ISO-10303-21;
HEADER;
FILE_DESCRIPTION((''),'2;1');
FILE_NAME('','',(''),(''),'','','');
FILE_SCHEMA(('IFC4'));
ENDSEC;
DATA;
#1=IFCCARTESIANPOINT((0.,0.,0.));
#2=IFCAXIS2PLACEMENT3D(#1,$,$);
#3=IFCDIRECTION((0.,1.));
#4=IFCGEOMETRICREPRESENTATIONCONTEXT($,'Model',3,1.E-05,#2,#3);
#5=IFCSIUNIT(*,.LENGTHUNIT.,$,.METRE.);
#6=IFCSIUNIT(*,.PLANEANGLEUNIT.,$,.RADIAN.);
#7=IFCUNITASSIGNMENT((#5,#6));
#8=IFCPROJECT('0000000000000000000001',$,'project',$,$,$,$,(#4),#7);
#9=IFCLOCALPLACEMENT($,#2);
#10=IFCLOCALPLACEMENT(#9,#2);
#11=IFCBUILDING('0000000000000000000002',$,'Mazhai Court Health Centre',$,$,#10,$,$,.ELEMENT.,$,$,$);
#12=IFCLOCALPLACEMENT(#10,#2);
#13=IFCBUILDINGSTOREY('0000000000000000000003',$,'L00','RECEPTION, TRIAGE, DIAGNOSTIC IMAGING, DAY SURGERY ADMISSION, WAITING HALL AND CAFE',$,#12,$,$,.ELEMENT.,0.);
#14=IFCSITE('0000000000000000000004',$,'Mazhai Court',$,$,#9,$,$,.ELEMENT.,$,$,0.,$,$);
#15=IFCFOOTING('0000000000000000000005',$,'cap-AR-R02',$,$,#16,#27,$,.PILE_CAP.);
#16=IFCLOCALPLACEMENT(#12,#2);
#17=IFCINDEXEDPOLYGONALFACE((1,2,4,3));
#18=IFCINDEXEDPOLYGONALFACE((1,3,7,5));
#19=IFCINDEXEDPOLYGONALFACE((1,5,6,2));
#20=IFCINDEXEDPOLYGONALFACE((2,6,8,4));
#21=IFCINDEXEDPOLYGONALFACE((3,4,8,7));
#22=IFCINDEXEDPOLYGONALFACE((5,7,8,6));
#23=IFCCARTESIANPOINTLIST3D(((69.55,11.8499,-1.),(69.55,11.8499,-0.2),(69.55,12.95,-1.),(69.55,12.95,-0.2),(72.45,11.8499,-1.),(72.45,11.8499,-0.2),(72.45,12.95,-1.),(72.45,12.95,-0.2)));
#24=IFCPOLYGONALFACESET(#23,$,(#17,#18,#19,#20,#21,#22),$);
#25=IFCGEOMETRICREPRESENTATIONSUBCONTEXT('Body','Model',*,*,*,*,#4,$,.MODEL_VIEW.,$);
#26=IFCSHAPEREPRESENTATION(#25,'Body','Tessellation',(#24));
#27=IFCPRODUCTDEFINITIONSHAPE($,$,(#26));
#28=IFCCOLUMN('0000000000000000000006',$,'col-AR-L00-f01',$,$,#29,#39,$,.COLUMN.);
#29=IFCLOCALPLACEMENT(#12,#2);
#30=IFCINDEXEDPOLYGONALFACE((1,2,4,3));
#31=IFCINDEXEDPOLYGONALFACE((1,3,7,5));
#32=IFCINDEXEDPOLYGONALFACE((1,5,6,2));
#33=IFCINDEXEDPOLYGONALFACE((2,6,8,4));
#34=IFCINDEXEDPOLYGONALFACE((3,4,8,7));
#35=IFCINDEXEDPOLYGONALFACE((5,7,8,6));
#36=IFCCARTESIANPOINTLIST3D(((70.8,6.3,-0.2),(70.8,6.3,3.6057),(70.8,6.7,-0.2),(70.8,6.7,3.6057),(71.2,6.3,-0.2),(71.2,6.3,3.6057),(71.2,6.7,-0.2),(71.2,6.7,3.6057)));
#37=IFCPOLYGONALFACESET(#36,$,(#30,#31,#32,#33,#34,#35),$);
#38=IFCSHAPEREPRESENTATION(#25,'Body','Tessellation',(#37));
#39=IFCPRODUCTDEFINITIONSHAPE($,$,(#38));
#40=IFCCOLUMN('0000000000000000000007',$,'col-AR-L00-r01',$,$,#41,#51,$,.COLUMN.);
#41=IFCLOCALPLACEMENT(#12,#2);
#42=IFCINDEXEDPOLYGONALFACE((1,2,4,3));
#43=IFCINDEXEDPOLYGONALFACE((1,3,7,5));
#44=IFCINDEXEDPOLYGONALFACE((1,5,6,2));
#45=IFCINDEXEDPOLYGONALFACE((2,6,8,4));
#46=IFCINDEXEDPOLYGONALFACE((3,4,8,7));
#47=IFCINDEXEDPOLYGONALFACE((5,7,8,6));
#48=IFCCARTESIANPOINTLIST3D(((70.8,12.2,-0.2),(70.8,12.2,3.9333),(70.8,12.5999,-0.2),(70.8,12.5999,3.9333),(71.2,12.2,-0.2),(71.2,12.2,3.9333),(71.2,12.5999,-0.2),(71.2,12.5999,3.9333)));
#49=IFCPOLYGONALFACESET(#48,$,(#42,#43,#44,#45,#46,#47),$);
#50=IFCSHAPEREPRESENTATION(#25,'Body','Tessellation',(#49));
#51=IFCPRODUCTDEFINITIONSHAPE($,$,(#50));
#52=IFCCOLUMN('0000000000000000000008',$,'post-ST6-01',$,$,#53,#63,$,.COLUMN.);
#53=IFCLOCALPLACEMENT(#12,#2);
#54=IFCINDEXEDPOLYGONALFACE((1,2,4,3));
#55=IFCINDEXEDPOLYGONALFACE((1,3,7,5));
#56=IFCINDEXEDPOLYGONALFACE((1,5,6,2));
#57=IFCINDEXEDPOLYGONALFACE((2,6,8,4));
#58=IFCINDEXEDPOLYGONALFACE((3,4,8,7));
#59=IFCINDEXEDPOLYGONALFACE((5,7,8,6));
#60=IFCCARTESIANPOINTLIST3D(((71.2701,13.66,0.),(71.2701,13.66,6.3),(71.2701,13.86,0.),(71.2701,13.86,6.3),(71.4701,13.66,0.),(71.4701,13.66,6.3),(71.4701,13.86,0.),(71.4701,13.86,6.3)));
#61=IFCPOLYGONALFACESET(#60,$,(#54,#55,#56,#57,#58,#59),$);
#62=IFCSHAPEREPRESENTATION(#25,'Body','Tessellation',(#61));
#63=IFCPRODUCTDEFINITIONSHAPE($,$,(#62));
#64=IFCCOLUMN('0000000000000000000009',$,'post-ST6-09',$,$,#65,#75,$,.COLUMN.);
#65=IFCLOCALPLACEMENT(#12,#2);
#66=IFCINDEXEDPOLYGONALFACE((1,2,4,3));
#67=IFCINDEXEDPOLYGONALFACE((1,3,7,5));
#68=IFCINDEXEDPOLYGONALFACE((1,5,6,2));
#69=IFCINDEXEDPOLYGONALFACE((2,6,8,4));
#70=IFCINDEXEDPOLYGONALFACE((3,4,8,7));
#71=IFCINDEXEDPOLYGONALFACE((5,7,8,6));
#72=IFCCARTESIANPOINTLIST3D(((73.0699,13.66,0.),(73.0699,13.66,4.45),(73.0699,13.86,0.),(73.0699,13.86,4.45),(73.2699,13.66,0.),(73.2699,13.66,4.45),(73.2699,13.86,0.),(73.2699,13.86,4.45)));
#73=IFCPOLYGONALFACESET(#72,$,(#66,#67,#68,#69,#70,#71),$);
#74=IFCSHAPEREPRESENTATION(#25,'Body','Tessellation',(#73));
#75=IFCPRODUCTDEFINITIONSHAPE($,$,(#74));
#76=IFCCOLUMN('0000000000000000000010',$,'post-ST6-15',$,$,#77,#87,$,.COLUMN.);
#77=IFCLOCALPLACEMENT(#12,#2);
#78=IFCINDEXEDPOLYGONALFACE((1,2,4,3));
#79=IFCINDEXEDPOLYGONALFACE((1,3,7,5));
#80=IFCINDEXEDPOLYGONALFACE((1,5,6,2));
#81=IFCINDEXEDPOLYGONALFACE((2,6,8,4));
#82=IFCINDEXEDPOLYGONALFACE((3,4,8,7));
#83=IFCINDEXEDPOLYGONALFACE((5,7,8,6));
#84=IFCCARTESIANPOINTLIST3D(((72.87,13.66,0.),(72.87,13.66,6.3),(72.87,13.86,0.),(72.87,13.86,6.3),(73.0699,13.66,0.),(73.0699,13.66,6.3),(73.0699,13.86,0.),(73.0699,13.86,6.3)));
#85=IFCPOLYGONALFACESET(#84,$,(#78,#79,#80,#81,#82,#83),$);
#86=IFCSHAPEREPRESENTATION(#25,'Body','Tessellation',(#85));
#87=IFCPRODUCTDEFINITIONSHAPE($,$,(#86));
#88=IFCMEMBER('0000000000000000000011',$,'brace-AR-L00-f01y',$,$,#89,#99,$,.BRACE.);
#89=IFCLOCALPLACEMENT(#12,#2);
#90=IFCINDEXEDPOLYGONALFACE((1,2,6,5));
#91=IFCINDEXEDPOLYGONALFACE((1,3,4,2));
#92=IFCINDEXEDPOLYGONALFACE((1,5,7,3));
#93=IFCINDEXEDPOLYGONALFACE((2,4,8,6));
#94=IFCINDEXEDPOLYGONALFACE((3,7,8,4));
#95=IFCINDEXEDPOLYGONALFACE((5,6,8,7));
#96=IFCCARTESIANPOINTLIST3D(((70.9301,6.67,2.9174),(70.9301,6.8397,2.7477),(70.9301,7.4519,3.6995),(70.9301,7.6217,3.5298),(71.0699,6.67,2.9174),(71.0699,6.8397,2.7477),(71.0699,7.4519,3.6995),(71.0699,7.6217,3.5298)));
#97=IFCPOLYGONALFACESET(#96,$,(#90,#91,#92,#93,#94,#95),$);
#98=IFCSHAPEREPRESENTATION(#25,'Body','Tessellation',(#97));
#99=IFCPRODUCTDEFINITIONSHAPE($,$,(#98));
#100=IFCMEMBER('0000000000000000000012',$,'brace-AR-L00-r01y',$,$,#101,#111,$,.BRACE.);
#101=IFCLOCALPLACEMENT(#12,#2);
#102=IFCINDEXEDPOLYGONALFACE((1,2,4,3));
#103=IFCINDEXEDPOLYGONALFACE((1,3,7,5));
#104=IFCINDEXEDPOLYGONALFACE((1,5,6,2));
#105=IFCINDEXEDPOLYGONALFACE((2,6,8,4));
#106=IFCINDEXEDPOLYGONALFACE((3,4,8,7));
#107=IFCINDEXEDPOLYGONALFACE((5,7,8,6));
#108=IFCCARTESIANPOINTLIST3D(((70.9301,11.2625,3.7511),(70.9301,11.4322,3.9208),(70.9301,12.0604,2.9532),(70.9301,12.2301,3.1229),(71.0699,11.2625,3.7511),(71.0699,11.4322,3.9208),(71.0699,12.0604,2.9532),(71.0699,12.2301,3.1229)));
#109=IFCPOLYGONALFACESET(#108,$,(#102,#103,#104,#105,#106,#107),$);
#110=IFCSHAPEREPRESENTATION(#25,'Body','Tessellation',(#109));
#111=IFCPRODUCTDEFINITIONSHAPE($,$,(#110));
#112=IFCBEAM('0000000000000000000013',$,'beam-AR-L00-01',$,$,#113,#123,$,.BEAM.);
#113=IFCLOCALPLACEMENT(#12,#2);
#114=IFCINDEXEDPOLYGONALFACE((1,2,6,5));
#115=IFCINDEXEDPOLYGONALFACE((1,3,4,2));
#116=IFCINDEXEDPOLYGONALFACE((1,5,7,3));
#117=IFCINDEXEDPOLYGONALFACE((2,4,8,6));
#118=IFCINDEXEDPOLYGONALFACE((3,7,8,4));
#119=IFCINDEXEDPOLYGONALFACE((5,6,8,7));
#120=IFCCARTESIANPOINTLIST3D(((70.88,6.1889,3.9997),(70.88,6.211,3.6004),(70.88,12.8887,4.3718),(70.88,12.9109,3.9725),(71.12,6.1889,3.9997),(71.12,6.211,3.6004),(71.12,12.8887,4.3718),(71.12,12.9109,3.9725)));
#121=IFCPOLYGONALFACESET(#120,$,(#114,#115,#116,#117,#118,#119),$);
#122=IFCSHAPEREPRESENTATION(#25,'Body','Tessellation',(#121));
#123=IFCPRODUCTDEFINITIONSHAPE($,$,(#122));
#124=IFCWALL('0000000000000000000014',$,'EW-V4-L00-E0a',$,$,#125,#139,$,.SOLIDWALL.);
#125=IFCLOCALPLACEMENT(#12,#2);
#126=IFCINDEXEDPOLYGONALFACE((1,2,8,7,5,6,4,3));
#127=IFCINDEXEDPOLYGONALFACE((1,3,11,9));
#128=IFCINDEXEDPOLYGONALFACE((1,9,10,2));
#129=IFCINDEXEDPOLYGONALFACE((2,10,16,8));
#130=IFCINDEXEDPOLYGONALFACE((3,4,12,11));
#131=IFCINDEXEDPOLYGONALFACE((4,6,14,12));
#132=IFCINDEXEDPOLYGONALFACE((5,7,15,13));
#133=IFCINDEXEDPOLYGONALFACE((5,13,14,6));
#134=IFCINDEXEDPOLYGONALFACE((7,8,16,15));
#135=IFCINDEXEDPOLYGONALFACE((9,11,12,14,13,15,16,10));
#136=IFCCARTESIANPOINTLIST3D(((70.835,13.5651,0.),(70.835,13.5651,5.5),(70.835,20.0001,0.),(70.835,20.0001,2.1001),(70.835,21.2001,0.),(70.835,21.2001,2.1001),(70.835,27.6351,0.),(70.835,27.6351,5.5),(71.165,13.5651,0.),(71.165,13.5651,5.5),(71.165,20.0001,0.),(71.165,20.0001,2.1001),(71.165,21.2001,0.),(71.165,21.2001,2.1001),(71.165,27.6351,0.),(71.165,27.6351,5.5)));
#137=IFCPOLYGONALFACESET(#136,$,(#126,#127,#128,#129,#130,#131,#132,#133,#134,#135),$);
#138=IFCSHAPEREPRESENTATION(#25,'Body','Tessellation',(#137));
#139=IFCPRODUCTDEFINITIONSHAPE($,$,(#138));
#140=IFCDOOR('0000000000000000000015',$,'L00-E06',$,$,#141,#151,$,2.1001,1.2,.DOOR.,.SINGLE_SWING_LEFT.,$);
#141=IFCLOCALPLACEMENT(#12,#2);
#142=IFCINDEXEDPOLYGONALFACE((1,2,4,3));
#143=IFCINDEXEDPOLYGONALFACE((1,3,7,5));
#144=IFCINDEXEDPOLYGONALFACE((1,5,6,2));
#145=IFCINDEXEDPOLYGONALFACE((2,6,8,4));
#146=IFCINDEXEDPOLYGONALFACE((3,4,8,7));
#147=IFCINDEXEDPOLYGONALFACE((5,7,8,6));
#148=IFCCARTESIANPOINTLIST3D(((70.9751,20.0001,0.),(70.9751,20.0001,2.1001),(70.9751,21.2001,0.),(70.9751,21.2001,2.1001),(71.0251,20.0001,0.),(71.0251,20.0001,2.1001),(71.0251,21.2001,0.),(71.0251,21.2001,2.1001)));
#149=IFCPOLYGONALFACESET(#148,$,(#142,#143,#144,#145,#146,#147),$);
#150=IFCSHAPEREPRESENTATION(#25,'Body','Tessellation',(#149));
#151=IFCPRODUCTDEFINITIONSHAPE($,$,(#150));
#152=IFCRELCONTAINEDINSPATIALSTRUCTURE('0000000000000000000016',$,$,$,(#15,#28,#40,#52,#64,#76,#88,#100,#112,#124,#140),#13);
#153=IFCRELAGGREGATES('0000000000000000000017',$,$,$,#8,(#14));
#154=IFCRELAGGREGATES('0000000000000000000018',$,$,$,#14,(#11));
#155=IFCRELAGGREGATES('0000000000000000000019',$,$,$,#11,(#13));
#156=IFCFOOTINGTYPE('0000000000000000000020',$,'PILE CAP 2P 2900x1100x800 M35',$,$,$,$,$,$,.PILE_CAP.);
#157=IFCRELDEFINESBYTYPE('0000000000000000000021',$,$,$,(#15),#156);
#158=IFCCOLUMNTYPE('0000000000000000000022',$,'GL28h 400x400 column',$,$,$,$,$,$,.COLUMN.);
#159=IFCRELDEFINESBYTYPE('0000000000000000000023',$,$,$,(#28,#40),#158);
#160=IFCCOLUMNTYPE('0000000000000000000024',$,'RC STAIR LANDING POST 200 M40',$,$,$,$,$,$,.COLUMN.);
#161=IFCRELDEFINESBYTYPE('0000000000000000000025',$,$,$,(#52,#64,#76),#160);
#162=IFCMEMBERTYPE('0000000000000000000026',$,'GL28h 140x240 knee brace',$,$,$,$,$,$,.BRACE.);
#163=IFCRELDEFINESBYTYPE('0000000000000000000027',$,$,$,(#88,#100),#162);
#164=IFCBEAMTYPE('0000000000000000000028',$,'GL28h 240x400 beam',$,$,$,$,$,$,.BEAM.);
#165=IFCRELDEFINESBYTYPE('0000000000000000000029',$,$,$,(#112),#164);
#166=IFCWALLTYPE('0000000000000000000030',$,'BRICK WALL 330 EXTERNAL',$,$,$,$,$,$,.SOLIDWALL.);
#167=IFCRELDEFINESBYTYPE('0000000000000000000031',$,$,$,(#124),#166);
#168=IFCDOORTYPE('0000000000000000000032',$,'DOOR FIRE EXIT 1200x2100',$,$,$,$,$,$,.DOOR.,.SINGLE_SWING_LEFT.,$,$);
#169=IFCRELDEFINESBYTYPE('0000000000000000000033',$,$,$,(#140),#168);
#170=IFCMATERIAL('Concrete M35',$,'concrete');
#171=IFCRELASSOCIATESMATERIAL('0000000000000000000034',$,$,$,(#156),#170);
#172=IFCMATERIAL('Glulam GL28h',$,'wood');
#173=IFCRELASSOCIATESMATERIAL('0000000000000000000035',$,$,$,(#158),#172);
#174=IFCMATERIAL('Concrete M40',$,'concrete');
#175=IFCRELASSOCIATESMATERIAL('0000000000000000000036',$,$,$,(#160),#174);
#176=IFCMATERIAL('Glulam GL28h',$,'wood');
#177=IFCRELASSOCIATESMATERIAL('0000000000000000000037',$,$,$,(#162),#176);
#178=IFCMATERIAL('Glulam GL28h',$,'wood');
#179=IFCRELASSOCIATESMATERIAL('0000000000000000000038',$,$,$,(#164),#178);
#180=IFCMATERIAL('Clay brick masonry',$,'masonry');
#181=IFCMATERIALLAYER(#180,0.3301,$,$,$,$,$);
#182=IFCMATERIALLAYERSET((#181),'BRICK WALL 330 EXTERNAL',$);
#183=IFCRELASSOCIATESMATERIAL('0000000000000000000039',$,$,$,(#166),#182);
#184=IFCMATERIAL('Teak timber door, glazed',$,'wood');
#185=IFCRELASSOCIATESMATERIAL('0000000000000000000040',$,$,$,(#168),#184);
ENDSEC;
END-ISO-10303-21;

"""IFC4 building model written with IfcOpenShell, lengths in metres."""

from ifc_helpers import new_model, si_unit, direction, frame, frame_2d, origin, origin_2d, place, context, subcontext, project, spatial, rectangle, extrude, material, layer, layer_set, material_profile, profile_set, type_object, element, fill, save


model = new_model("IFC4")

# Units and contexts
model_context = context("Model", 3, precision=1e-05, world=origin(), true_north=direction((0.0, 1.0)))
body_context = subcontext(model_context, "Body", "Model", "MODEL_VIEW")
ifc_project = project(units=[si_unit("LENGTHUNIT", "METRE"), si_unit("PLANEANGLEUNIT", "RADIAN")], contexts=[model_context])

# Site, building, storey
site_placement = place(None, origin())
site = spatial("IfcSite", under=ifc_project, at=site_placement, Name="Mazhai Court", CompositionType="ELEMENT", RefElevation=0.0)
building_placement = place(site_placement, origin())
building = spatial("IfcBuilding", under=site, at=building_placement, Name="Mazhai Court Health Centre", CompositionType="ELEMENT")
storey_placement = place(building_placement, origin())
storey = spatial("IfcBuildingStorey", under=building, at=storey_placement, Name="L00", Description="RECEPTION, TRIAGE, DIAGNOSTIC IMAGING, DAY SURGERY ADMISSION, WAITING HALL AND CAFE", CompositionType="ELEMENT", Elevation=0.0)

# Footing
ifc_material_1 = material(Name="Concrete M35", Category="concrete")
footing_type = type_object("IfcFootingType", Name="PILE CAP 2P 2900x1100x800 M35", PredefinedType="PILE_CAP", material=ifc_material_1)
for number, where, z_axis, x_axis, name in (
    (1, (71.0, 12.3999, -1.0), (0.0, 0.0, 1.0), (1.0, 0.0, 0.0), "cap-AR-R02"),
):
    element("IfcFooting", number, at=place(storey_placement, frame(where, z_axis=z_axis, x_axis=x_axis)), inside=storey, type_object=footing_type, Name=name, PredefinedType="PILE_CAP", context=body_context, shape_type="SweptSolid", body=[
        extrude(rectangle(XDim=2.8999, YDim=1.1001, at=origin_2d()), origin(), (0.0, 0.0, 1.0), 0.8),
    ])

# Columns
ifc_material_2 = material(Name="Glulam GL28h", Category="wood")
ifc_material_profile_1 = material_profile(ifc_material_2, rectangle(XDim=0.3999, YDim=0.3999, at=origin_2d()), Name="GL28h 400x400")
ifc_profile_set_1 = profile_set([ifc_material_profile_1], Name="Glulam GL28h")
column_type_1 = type_object("IfcColumnType", Name="GL28h 400x400 column", PredefinedType="COLUMN", material=ifc_profile_set_1)
column_1_placement = place(storey_placement, frame((71.0, 6.5, -0.2), z_axis=(0.0, 0.0, 1.0), x_axis=(1.0, 0.0, 0.0)))
element("IfcColumn", 2, at=column_1_placement, inside=storey, type_object=column_type_1, Name="col-AR-L00-f01", PredefinedType="COLUMN", context=body_context, shape_type="SweptSolid", body=[
    extrude(rectangle(XDim=0.3999, YDim=0.3999, at=origin_2d()), origin(), (0.0, 0.0, 1.0), 3.8057),
])
column_2_placement = place(storey_placement, frame((71.0, 12.3999, -0.2), z_axis=(0.0, 0.0, 1.0), x_axis=(1.0, 0.0, 0.0)))
element("IfcColumn", 3, at=column_2_placement, inside=storey, type_object=column_type_1, Name="col-AR-L00-r01", PredefinedType="COLUMN", context=body_context, shape_type="SweptSolid", body=[
    extrude(rectangle(XDim=0.3999, YDim=0.3999, at=origin_2d()), origin(), (0.0, 0.0, 1.0), 4.1333),
])
ifc_material_3 = material(Name="Concrete M40", Category="concrete")
ifc_material_profile_2 = material_profile(ifc_material_3, rectangle(XDim=0.2, YDim=0.2, at=origin_2d()), Name="RC 200x200")
ifc_profile_set_2 = profile_set([ifc_material_profile_2], Name="Concrete M40")
column_type_2 = type_object("IfcColumnType", Name="RC STAIR LANDING POST 200 M40", PredefinedType="COLUMN", material=ifc_profile_set_2)
column_3_placement = place(storey_placement, frame((71.3701, 13.76, 0.0), z_axis=(0.0, 0.0, 1.0), x_axis=(1.0, 0.0, 0.0)))
element("IfcColumn", 4, at=column_3_placement, inside=storey, type_object=column_type_2, Name="post-ST6-01", PredefinedType="COLUMN", context=body_context, shape_type="SweptSolid", body=[
    extrude(rectangle(XDim=0.2, YDim=0.2, at=origin_2d()), origin(), (0.0, 0.0, 1.0), 6.3),
])
column_4_placement = place(storey_placement, frame((73.1699, 13.76, 0.0), z_axis=(0.0, 0.0, 1.0), x_axis=(1.0, 0.0, 0.0)))
element("IfcColumn", 5, at=column_4_placement, inside=storey, type_object=column_type_2, Name="post-ST6-09", PredefinedType="COLUMN", context=body_context, shape_type="SweptSolid", body=[
    extrude(rectangle(XDim=0.2, YDim=0.2, at=origin_2d()), origin(), (0.0, 0.0, 1.0), 4.45),
])
column_5_placement = place(storey_placement, frame((72.97, 13.76, 0.0), z_axis=(0.0, 0.0, 1.0), x_axis=(1.0, 0.0, 0.0)))
element("IfcColumn", 6, at=column_5_placement, inside=storey, type_object=column_type_2, Name="post-ST6-15", PredefinedType="COLUMN", context=body_context, shape_type="SweptSolid", body=[
    extrude(rectangle(XDim=0.2, YDim=0.2, at=origin_2d()), origin(), (0.0, 0.0, 1.0), 6.3),
])

# Members
ifc_material_4 = material(Name="Glulam GL28h", Category="wood")
ifc_material_profile_3 = material_profile(ifc_material_4, rectangle(XDim=0.1399, YDim=0.24, at=origin_2d()), Name="GL28h 140x240")
ifc_profile_set_3 = profile_set([ifc_material_profile_3], Name="Glulam GL28h")
member_type = type_object("IfcMemberType", Name="GL28h 140x240 knee brace", PredefinedType="BRACE", material=ifc_profile_set_3)
member_1_placement = place(storey_placement, frame((71.0, 6.7549, 2.8325), z_axis=(0.0, 0.706996, 0.707217), x_axis=(-1.0, 0.0, 0.0)))
element("IfcMember", 7, at=member_1_placement, inside=storey, type_object=member_type, Name="brace-AR-L00-f01y", PredefinedType="BRACE", context=body_context, shape_type="SweptSolid", body=[
    extrude(rectangle(XDim=0.1399, YDim=0.24, at=origin_2d()), origin(), (0.0, 0.0, 1.0), 1.106),
])
member_2_placement = place(storey_placement, frame((71.0, 12.1453, 3.0381), z_axis=(0.0, -0.707107, 0.707107), x_axis=(1.0, 0.0, 0.0)))
element("IfcMember", 8, at=member_2_placement, inside=storey, type_object=member_type, Name="brace-AR-L00-r01y", PredefinedType="BRACE", context=body_context, shape_type="SweptSolid", body=[
    extrude(rectangle(XDim=0.1399, YDim=0.24, at=origin_2d()), origin(), (0.0, 0.0, 1.0), 1.1284),
])

# Beam
ifc_material_5 = material(Name="Glulam GL28h", Category="wood")
ifc_material_profile_4 = material_profile(ifc_material_5, rectangle(XDim=0.24, YDim=0.3999, at=origin_2d()), Name="GL28h 240x400")
ifc_profile_set_4 = profile_set([ifc_material_profile_4], Name="Glulam GL28h")
beam_type = type_object("IfcBeamType", Name="GL28h 240x400 beam", PredefinedType="BEAM", material=ifc_profile_set_4)
beam_placement = place(storey_placement, frame((71.0, 6.2, 3.8), z_axis=(0.0, 0.998462, 0.055448), x_axis=(-1.0, 0.0, 0.0)))
element("IfcBeam", 9, at=beam_placement, inside=storey, type_object=beam_type, Name="beam-AR-L00-01", PredefinedType="BEAM", context=body_context, shape_type="SweptSolid", body=[
    extrude(rectangle(XDim=0.24, YDim=0.3999, at=origin_2d()), origin(), (0.0, 0.0, 1.0), 6.7102),
])

# Wall, opening, door
ifc_material_6 = material(Name="Clay brick masonry", Category="masonry")
ifc_layer = layer(ifc_material_6, 0.3301)
ifc_layer_set = layer_set([ifc_layer], Name="BRICK WALL 330 EXTERNAL")
wall_type = type_object("IfcWallType", Name="BRICK WALL 330 EXTERNAL", PredefinedType="SOLIDWALL", material=ifc_layer_set)
wall_placement = place(storey_placement, frame((71.0, 13.5649, 0.0), z_axis=(0.0, 0.0, 1.0), x_axis=(0.0, 1.0, 0.0)))
wall = element("IfcWall", 10, at=wall_placement, inside=storey, type_object=wall_type, Name="EW-V4-L00-E0a", PredefinedType="SOLIDWALL", context=body_context, shape_type="SweptSolid", body=[
    extrude(rectangle(XDim=14.0701, YDim=0.3301, at=frame_2d((7.0352, 0.0))), origin(), (0.0, 0.0, 1.0), 5.5),
])
opening_placement = place(wall_placement, frame((6.4351, 0.0, 0.0)))
opening = element("IfcOpeningElement", 11, at=opening_placement, cuts=wall, PredefinedType="OPENING", context=body_context, shape_type="SweptSolid", body=[
    extrude(rectangle(XDim=1.2, YDim=2.1001, at=frame_2d((0.6001, 1.05))), frame((0.0, 0.175, 0.0), z_axis=(0.0, -1.0, 0.0), x_axis=(1.0, 0.0, 0.0)), (0.0, 0.0, 1.0), 0.3501),
])
ifc_material_7 = material(Name="Teak timber door, glazed", Category="wood")
door_type = type_object("IfcDoorType", Name="DOOR FIRE EXIT 1200x2100", OperationType="SINGLE_SWING_LEFT", PredefinedType="DOOR", material=ifc_material_7)
door_placement = place(opening_placement, origin())
door = element("IfcDoor", 12, at=door_placement, inside=storey, type_object=door_type, Name="L00-E06", OperationType="SINGLE_SWING_LEFT", OverallHeight=2.1001, OverallWidth=1.2, PredefinedType="DOOR", context=body_context, shape_type="SweptSolid", body=[
    extrude(rectangle(XDim=1.2, YDim=2.1001, at=frame_2d((0.6001, 1.05))), frame((0.0, 0.0249, 0.0), z_axis=(0.0, -1.0, 0.0), x_axis=(1.0, 0.0, 0.0)), (0.0, 0.0, 1.0), 0.05),
])
fill(opening, door)

save(model, "model.ifc")
